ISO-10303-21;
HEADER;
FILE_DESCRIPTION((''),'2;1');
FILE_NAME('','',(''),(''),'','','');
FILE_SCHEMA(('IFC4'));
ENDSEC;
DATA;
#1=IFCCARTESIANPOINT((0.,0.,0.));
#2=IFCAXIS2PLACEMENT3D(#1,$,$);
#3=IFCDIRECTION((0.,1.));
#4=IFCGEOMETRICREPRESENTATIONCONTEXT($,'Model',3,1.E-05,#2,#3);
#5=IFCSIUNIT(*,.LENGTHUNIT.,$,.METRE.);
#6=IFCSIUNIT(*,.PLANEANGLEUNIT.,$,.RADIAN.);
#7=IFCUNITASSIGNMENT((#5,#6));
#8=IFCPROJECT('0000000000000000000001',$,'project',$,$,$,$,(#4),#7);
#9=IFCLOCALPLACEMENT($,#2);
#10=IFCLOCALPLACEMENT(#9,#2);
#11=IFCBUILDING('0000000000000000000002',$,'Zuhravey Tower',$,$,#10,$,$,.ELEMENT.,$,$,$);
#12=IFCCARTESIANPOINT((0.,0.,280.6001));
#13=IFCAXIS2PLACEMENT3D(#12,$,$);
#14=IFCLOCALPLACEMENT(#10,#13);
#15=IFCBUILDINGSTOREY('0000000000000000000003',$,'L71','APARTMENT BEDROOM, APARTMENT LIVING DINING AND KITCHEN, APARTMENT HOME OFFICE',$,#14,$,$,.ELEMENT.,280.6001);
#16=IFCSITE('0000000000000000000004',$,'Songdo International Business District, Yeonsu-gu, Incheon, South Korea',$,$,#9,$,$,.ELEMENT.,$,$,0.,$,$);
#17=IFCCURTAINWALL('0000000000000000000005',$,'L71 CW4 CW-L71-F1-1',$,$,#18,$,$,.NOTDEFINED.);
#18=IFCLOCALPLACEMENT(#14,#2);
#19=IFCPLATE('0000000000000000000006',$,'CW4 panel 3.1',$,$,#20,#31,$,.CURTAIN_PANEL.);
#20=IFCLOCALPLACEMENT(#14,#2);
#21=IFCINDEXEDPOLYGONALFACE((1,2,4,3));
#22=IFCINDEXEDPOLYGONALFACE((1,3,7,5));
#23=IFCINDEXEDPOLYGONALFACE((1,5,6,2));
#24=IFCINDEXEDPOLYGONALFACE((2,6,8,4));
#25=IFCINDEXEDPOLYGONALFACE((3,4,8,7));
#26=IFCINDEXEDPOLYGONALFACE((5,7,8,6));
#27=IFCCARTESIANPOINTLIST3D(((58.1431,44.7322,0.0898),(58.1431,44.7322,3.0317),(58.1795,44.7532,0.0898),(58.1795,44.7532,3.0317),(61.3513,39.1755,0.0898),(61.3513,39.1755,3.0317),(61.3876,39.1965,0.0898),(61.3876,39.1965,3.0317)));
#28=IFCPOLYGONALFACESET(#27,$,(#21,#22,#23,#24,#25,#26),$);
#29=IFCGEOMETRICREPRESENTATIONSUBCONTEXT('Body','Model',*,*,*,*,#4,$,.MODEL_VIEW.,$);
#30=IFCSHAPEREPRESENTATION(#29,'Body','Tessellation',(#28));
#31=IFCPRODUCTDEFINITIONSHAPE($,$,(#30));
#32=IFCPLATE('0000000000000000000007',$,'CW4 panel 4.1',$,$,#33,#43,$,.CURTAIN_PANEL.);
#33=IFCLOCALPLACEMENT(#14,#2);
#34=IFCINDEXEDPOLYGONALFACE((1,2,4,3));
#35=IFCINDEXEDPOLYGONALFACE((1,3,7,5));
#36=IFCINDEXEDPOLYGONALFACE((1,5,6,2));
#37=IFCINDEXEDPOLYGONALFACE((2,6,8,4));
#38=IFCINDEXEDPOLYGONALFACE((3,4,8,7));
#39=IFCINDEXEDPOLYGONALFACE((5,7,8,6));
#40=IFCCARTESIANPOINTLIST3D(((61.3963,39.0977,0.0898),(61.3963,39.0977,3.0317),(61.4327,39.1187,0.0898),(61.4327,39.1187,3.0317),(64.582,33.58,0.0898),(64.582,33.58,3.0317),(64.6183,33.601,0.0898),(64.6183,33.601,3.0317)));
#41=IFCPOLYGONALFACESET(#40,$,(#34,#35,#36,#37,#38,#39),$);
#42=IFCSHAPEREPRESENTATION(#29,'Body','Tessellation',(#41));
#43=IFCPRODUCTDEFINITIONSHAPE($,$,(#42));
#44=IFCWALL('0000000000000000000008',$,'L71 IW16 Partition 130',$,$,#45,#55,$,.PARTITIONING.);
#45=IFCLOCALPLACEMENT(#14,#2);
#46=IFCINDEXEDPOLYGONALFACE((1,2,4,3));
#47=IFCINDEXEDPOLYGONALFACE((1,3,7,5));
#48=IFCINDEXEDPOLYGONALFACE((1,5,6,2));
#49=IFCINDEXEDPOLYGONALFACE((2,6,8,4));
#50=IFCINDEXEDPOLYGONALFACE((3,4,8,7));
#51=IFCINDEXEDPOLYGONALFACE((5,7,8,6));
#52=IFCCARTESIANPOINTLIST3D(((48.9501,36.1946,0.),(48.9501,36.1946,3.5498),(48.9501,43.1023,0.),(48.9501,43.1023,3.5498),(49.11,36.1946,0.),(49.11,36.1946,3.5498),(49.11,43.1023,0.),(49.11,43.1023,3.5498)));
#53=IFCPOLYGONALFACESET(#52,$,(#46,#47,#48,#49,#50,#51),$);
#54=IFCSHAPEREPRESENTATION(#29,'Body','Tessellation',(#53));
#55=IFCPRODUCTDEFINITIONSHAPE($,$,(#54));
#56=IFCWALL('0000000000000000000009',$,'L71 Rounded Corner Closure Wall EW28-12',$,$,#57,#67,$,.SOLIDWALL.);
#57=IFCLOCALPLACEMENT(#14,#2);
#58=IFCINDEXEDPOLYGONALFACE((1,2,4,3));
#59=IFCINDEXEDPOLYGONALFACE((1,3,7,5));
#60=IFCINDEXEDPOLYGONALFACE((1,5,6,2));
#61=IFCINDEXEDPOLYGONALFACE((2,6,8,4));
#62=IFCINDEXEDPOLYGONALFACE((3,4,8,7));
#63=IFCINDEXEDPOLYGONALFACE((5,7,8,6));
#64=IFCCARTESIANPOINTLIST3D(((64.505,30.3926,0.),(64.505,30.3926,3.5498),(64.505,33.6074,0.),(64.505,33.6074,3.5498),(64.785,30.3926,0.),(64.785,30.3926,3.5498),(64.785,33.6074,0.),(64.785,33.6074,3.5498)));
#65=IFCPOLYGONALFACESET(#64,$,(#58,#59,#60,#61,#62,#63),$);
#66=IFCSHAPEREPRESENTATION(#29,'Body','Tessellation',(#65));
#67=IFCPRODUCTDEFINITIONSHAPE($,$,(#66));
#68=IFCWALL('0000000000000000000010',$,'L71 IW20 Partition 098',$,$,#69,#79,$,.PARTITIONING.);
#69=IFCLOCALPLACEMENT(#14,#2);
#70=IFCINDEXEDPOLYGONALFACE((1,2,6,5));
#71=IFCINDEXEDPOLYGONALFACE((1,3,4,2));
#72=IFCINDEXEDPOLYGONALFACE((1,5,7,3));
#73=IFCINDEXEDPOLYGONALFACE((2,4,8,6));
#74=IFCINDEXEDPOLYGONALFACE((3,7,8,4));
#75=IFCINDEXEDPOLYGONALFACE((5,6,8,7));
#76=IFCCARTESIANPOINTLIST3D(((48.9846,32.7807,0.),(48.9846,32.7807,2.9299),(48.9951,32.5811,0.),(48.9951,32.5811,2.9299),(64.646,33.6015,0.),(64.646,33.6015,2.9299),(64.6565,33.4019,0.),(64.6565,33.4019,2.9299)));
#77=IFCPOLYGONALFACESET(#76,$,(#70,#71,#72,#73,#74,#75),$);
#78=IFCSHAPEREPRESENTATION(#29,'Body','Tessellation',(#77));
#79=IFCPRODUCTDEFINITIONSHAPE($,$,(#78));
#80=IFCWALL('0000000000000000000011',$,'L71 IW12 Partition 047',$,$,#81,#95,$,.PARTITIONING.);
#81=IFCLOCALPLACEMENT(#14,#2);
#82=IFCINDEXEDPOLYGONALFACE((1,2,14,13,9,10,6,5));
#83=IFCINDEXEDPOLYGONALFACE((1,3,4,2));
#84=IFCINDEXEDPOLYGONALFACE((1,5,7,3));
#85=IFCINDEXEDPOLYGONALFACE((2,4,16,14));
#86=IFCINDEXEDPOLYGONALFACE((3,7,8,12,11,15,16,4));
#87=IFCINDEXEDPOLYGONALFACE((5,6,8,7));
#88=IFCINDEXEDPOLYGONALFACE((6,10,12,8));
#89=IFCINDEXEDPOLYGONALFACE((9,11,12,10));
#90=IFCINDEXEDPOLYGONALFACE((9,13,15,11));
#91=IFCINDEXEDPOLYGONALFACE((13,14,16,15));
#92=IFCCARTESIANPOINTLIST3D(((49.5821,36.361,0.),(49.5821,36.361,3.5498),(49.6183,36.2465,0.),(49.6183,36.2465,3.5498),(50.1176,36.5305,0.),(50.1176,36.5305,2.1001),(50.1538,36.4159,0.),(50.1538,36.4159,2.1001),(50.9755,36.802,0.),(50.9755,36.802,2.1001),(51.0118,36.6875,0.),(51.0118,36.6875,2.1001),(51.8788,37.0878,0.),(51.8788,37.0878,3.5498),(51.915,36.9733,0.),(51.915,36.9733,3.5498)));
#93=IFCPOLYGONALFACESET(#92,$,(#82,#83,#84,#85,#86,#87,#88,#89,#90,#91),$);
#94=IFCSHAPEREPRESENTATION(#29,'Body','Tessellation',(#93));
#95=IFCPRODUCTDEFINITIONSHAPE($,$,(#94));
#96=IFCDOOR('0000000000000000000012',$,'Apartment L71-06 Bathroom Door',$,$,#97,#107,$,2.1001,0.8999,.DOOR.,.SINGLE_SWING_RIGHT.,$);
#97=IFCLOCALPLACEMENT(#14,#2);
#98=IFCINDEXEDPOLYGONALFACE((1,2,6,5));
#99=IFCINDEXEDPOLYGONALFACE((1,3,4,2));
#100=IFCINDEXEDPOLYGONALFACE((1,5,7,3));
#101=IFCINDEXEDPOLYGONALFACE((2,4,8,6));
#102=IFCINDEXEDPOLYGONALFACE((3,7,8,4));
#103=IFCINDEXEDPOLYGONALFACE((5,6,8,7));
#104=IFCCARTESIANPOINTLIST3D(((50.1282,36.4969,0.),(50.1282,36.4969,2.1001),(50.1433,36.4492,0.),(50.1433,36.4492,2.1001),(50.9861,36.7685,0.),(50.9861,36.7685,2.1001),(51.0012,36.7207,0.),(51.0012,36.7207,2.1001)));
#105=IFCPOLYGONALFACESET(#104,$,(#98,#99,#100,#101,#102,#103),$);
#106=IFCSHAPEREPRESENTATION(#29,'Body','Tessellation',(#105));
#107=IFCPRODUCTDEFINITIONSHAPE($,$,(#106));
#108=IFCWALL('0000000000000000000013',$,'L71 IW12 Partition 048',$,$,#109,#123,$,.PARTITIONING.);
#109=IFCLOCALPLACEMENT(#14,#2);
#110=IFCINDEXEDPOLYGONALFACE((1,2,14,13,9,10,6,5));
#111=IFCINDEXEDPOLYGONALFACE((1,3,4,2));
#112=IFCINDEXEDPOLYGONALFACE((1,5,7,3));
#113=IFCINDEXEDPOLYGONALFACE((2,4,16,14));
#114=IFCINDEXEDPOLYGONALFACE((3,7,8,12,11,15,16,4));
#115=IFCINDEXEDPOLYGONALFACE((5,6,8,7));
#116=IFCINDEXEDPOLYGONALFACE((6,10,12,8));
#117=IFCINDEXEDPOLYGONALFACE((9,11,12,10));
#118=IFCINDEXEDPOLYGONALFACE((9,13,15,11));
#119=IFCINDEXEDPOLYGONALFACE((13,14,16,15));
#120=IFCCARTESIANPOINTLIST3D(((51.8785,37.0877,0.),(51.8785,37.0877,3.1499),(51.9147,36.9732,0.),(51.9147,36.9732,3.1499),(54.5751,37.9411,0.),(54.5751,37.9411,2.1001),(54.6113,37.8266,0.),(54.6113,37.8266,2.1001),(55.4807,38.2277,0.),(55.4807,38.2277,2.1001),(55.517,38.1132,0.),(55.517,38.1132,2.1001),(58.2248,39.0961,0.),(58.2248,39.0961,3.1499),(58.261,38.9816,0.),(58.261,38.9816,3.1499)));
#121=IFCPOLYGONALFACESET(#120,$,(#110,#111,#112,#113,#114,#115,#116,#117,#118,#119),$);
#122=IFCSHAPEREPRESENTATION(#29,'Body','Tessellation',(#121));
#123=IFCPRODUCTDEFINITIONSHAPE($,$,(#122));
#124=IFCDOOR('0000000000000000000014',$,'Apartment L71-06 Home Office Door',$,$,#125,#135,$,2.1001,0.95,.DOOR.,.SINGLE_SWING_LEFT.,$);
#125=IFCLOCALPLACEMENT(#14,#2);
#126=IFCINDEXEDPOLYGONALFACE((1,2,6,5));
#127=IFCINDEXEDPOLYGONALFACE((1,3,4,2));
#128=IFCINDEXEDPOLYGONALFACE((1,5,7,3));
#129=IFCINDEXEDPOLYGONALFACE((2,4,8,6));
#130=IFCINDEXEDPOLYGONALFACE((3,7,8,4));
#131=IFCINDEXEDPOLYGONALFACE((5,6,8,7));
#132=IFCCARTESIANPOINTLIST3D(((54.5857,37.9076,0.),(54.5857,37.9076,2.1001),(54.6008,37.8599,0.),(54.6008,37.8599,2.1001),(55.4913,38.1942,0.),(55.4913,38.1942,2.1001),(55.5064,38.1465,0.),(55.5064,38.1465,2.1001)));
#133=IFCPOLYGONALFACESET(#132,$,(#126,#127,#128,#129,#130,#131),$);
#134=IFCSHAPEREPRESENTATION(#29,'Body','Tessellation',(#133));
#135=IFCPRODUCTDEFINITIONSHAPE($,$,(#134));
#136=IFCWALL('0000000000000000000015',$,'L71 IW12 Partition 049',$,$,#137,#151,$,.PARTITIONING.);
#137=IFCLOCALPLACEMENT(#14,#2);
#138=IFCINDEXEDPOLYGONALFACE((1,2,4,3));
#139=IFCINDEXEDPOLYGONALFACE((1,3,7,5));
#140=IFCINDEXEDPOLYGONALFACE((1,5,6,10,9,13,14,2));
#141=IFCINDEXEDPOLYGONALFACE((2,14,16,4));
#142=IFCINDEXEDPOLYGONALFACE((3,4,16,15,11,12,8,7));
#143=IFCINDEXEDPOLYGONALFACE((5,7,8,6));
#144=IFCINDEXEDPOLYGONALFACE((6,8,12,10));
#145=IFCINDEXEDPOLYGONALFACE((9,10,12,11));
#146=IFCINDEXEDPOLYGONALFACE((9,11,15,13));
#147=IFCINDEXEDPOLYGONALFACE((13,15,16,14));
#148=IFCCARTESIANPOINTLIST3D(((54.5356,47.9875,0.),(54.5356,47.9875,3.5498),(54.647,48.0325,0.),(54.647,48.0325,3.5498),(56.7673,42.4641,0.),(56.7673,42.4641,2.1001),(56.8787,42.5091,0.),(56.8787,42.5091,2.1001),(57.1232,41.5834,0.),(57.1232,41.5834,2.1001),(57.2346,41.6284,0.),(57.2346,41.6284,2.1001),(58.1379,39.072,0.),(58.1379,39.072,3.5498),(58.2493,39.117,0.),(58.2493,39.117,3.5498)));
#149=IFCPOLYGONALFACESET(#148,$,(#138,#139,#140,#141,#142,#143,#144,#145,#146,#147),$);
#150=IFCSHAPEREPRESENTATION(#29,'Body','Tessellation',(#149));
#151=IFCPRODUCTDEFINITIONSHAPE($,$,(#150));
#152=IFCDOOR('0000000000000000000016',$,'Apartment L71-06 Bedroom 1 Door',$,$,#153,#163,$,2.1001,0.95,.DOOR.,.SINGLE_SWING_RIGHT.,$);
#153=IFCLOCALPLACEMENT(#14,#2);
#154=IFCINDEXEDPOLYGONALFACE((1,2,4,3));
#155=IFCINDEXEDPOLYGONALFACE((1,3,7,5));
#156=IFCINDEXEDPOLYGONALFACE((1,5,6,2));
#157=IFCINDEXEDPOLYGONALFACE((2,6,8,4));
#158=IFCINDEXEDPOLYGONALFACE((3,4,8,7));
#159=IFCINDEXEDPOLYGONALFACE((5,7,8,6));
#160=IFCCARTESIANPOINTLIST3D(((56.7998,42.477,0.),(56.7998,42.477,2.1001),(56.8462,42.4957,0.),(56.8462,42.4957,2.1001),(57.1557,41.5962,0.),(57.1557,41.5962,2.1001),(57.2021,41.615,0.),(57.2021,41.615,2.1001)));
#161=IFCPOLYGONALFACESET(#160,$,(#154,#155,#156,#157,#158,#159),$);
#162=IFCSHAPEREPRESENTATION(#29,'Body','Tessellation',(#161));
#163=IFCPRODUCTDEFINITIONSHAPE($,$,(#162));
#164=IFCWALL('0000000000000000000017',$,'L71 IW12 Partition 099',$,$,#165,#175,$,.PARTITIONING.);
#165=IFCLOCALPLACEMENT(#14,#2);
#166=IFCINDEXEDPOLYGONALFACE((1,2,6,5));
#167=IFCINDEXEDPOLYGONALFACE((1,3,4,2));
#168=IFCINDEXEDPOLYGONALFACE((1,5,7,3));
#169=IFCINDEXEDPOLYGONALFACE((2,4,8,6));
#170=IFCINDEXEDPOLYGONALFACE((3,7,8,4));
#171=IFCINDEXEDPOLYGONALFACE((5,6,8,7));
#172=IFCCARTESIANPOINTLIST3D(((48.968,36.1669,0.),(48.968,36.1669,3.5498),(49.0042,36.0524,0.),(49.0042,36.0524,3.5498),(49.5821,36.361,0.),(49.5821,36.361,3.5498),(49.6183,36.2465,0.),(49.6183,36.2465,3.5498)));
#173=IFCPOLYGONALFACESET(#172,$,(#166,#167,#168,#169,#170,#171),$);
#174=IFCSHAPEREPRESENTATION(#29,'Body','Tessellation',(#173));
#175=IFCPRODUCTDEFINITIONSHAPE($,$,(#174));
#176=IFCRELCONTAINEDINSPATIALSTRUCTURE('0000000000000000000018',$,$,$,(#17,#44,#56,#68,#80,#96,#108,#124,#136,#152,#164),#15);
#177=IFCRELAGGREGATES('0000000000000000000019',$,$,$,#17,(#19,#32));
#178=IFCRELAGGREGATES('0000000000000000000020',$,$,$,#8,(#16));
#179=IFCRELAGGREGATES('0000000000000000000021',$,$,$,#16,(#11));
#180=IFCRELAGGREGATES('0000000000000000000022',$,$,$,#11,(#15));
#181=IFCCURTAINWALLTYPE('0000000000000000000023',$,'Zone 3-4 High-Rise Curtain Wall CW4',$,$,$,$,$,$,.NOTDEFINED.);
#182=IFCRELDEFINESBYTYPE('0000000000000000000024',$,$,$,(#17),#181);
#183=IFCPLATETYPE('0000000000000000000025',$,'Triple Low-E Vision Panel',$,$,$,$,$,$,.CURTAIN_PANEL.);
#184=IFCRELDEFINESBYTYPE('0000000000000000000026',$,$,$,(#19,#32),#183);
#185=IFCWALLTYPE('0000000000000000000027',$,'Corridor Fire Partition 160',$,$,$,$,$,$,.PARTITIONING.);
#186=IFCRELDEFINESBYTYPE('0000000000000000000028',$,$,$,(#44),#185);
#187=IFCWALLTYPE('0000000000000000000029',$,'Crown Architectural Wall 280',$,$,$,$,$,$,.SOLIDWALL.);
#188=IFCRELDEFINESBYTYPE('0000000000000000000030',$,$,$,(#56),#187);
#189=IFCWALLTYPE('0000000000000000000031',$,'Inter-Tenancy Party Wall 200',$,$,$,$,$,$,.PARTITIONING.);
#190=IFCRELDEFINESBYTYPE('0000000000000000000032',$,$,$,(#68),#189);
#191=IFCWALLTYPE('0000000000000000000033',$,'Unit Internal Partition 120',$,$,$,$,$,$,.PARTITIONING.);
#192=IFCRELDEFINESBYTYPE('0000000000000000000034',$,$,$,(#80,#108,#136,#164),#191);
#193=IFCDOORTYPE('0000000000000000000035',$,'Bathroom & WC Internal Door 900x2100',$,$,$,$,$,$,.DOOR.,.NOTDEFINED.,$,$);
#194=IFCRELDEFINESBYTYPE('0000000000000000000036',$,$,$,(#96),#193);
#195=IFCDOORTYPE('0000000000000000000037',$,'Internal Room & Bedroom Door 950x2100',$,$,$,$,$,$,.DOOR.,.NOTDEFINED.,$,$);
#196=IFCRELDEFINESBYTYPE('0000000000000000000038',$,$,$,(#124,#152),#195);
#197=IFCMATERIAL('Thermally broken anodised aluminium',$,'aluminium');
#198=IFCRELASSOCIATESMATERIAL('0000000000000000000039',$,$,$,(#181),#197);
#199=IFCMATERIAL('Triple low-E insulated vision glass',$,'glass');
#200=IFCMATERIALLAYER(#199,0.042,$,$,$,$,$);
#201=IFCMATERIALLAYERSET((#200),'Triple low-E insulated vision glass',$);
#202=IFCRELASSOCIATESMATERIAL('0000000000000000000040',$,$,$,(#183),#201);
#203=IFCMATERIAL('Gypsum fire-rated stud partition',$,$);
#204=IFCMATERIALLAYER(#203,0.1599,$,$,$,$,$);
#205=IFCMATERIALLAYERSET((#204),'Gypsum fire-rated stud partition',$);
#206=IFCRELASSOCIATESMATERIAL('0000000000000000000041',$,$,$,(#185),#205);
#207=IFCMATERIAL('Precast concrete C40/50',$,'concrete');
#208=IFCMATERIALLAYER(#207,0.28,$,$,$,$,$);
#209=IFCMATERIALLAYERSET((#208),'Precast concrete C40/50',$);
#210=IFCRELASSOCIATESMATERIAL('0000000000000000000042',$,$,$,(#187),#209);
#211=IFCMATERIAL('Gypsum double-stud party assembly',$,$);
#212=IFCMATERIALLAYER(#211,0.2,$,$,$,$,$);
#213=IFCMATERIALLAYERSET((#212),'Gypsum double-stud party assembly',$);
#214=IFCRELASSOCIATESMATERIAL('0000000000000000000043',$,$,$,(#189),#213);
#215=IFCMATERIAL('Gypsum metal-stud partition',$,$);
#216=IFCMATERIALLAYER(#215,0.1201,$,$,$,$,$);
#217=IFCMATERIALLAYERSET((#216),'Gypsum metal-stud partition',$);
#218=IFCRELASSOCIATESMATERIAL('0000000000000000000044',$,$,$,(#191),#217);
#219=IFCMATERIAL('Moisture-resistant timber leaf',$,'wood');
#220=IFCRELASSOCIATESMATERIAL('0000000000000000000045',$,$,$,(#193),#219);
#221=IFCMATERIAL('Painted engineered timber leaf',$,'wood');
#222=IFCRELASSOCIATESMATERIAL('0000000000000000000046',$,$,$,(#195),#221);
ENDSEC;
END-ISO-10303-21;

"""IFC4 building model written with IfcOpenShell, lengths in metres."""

from ifc_helpers import new_model, si_unit, direction, frame, frame_2d, origin, origin_2d, place, context, subcontext, project, spatial, rectangle, extrude, material, layer, layer_set, type_object, element, fill, aggregate, save


model = new_model("IFC4")

# Units and contexts
model_context = context("Model", 3, precision=1e-05, world=origin(), true_north=direction((0.0, 1.0)))
body_context = subcontext(model_context, "Body", "Model", "MODEL_VIEW")
ifc_project = project(units=[si_unit("LENGTHUNIT", "METRE"), si_unit("PLANEANGLEUNIT", "RADIAN")], contexts=[model_context])

# Site, building, storey
site_placement = place(None, origin())
site = spatial("IfcSite", under=ifc_project, at=site_placement, Name="Songdo International Business District, Yeonsu-gu, Incheon, South Korea", CompositionType="ELEMENT", RefElevation=0.0)
building_placement = place(site_placement, origin())
building = spatial("IfcBuilding", under=site, at=building_placement, Name="Zuhravey Tower", CompositionType="ELEMENT")
storey_placement = place(building_placement, frame((0.0, 0.0, 280.6001)))
storey = spatial("IfcBuildingStorey", under=building, at=storey_placement, Name="L71", Description="APARTMENT BEDROOM, APARTMENT LIVING DINING AND KITCHEN, APARTMENT HOME OFFICE", CompositionType="ELEMENT", Elevation=280.6001)

# Curtain wall
ifc_material_1 = material(Name="Thermally broken anodised aluminium", Category="aluminium")
curtain_wall_type = type_object("IfcCurtainWallType", Name="Zone 3-4 High-Rise Curtain Wall CW4", PredefinedType="NOTDEFINED", material=ifc_material_1)
curtain_wall_placement = place(storey_placement, origin())
curtain_wall = element("IfcCurtainWall", 1, at=curtain_wall_placement, inside=storey, type_object=curtain_wall_type, Name="L71 CW4 CW-L71-F1-1", PredefinedType="NOTDEFINED")

# Plates
ifc_material_2 = material(Name="Triple low-E insulated vision glass", Category="glass")
ifc_layer_1 = layer(ifc_material_2, 0.042)
ifc_layer_set_1 = layer_set([ifc_layer_1], Name="Triple low-E insulated vision glass")
plate_type = type_object("IfcPlateType", Name="Triple Low-E Vision Panel", PredefinedType="CURTAIN_PANEL", material=ifc_layer_set_1)
plate_1_placement = place(storey_placement, frame((59.7654, 41.9644, 0.0898), z_axis=(0.0, 0.0, 1.0), x_axis=(0.500001, -0.866025, 0.0)))
plate_1 = element("IfcPlate", 2, at=plate_1_placement, type_object=plate_type, Name="CW4 panel 3.1", PredefinedType="CURTAIN_PANEL", context=body_context, shape_type="SweptSolid", body=[
    extrude(rectangle(XDim=6.4163, YDim=0.042, at=origin_2d()), origin(), (0.0, 0.0, 1.0), 2.9419),
])
plate_2_placement = place(storey_placement, frame((63.0073, 36.3494, 0.0898), z_axis=(0.0, 0.0, 1.0), x_axis=(0.500001, -0.866025, 0.0)))
plate_2 = element("IfcPlate", 3, at=plate_2_placement, type_object=plate_type, Name="CW4 panel 4.1", PredefinedType="CURTAIN_PANEL", context=body_context, shape_type="SweptSolid", body=[
    extrude(rectangle(XDim=6.3713, YDim=0.042, at=origin_2d()), origin(), (0.0, 0.0, 1.0), 2.9419),
])
aggregate(curtain_wall, [plate_1, plate_2])

# Shared definitions
ifc_material_3 = material(Name="Gypsum fire-rated stud partition")
ifc_layer_2 = layer(ifc_material_3, 0.1599)
ifc_layer_set_2 = layer_set([ifc_layer_2], Name="Gypsum fire-rated stud partition")
wall_type_1 = type_object("IfcWallType", Name="Corridor Fire Partition 160", PredefinedType="PARTITIONING", material=ifc_layer_set_2)

# Walls
wall_1_placement = place(storey_placement, frame((49.03, 36.1946, 0.0), z_axis=(0.0, 0.0, 1.0), x_axis=(0.0, 1.0, 0.0)))
element("IfcWall", 4, at=wall_1_placement, inside=storey, type_object=wall_type_1, Name="L71 IW16 Partition 130", PredefinedType="PARTITIONING", context=body_context, shape_type="SweptSolid", body=[
    extrude(rectangle(XDim=6.9077, YDim=0.1599, at=frame_2d((3.4539, 0.0))), origin(), (0.0, 0.0, 1.0), 3.5498),
])
ifc_material_4 = material(Name="Precast concrete C40/50", Category="concrete")
ifc_layer_3 = layer(ifc_material_4, 0.28)
ifc_layer_set_3 = layer_set([ifc_layer_3], Name="Precast concrete C40/50")
wall_type_2 = type_object("IfcWallType", Name="Crown Architectural Wall 280", PredefinedType="SOLIDWALL", material=ifc_layer_set_3)
wall_2_placement = place(storey_placement, frame((64.645, 33.6074, 0.0), z_axis=(0.0, 0.0, 1.0), x_axis=(0.0, -1.0, 0.0)))
element("IfcWall", 5, at=wall_2_placement, inside=storey, type_object=wall_type_2, Name="L71 Rounded Corner Closure Wall EW28-12", PredefinedType="SOLIDWALL", context=body_context, shape_type="SweptSolid", body=[
    extrude(rectangle(XDim=3.2148, YDim=0.28, at=frame_2d((1.6074, 0.0))), origin(), (0.0, 0.0, 1.0), 3.5498),
])
ifc_material_5 = material(Name="Gypsum double-stud party assembly")
ifc_layer_4 = layer(ifc_material_5, 0.2)
ifc_layer_set_4 = layer_set([ifc_layer_4], Name="Gypsum double-stud party assembly")
wall_type_3 = type_object("IfcWallType", Name="Inter-Tenancy Party Wall 200", PredefinedType="PARTITIONING", material=ifc_layer_set_4)
wall_3_placement = place(storey_placement, frame((48.99, 32.6809, 0.0), z_axis=(0.0, 0.0, 1.0), x_axis=(0.998629, 0.052337, 0.0)))
element("IfcWall", 6, at=wall_3_placement, inside=storey, type_object=wall_type_3, Name="L71 IW20 Partition 098", PredefinedType="PARTITIONING", context=body_context, shape_type="SweptSolid", body=[
    extrude(rectangle(XDim=15.6829, YDim=0.2, at=frame_2d((7.8413, 0.0))), origin(), (0.0, 0.0, 1.0), 2.9299),
])

# Walls, openings, doors
ifc_material_6 = material(Name="Gypsum metal-stud partition")
ifc_layer_5 = layer(ifc_material_6, 0.1201)
ifc_layer_set_5 = layer_set([ifc_layer_5], Name="Gypsum metal-stud partition")
wall_type_4 = type_object("IfcWallType", Name="Unit Internal Partition 120", PredefinedType="PARTITIONING", material=ifc_layer_set_5)
wall_4_placement = place(storey_placement, frame((49.6001, 36.3037, 0.0), z_axis=(0.0, 0.0, 1.0), x_axis=(0.953397, 0.301718, 0.0)))
wall_4 = element("IfcWall", 7, at=wall_4_placement, inside=storey, type_object=wall_type_4, Name="L71 IW12 Partition 047", PredefinedType="PARTITIONING", context=body_context, shape_type="SweptSolid", body=[
    extrude(rectangle(XDim=2.4089, YDim=0.1201, at=frame_2d((1.2046, 0.0))), origin(), (0.0, 0.0, 1.0), 3.5498),
])
opening_1_placement = place(wall_4_placement, frame((0.5618, 0.0, 0.0)))
opening_1 = element("IfcOpeningElement", 8, at=opening_1_placement, cuts=wall_4, PredefinedType="OPENING", context=body_context, shape_type="SweptSolid", body=[
    extrude(rectangle(XDim=0.8999, YDim=2.1001, at=frame_2d((0.45, 1.05))), frame((0.0, 0.072, 0.0), z_axis=(0.0, -1.0, 0.0), x_axis=(1.0, 0.0, 0.0)), (0.0, 0.0, 1.0), 0.144),
])
ifc_material_7 = material(Name="Moisture-resistant timber leaf", Category="wood")
door_type_1 = type_object("IfcDoorType", Name="Bathroom & WC Internal Door 900x2100", OperationType="NOTDEFINED", PredefinedType="DOOR", material=ifc_material_7)
door_1_placement = place(opening_1_placement, origin())
door_1 = element("IfcDoor", 9, at=door_1_placement, inside=storey, type_object=door_type_1, Name="Apartment L71-06 Bathroom Door", OperationType="SINGLE_SWING_RIGHT", OverallHeight=2.1001, OverallWidth=0.8999, PredefinedType="DOOR", context=body_context, shape_type="SweptSolid", body=[
    extrude(rectangle(XDim=0.8999, YDim=2.1001, at=frame_2d((0.45, 1.05))), frame((0.0, 0.0249, 0.0), z_axis=(0.0, -1.0, 0.0), x_axis=(1.0, 0.0, 0.0)), (0.0, 0.0, 1.0), 0.05),
])
fill(opening_1, door_1)
wall_5_placement = place(storey_placement, frame((51.8967, 37.0305, 0.0), z_axis=(0.0, 0.0, 1.0), x_axis=(0.9534, 0.301711, 0.0)))
wall_5 = element("IfcWall", 10, at=wall_5_placement, inside=storey, type_object=wall_type_4, Name="L71 IW12 Partition 048", PredefinedType="PARTITIONING", context=body_context, shape_type="SweptSolid", body=[
    extrude(rectangle(XDim=6.6565, YDim=0.1201, at=frame_2d((3.3281, 0.0))), origin(), (0.0, 0.0, 1.0), 3.1499),
])
opening_2_placement = place(wall_5_placement, frame((2.8281, 0.0, 0.0)))
opening_2 = element("IfcOpeningElement", 11, at=opening_2_placement, cuts=wall_5, PredefinedType="OPENING", context=body_context, shape_type="SweptSolid", body=[
    extrude(rectangle(XDim=0.95, YDim=2.1001, at=frame_2d((0.4751, 1.05))), frame((0.0, 0.072, 0.0), z_axis=(0.0, -1.0, 0.0), x_axis=(1.0, 0.0, 0.0)), (0.0, 0.0, 1.0), 0.144),
])
ifc_material_8 = material(Name="Painted engineered timber leaf", Category="wood")
door_type_2 = type_object("IfcDoorType", Name="Internal Room & Bedroom Door 950x2100", OperationType="NOTDEFINED", PredefinedType="DOOR", material=ifc_material_8)
door_2_placement = place(opening_2_placement, origin())
door_2 = element("IfcDoor", 12, at=door_2_placement, inside=storey, type_object=door_type_2, Name="Apartment L71-06 Home Office Door", OperationType="SINGLE_SWING_LEFT", OverallHeight=2.1001, OverallWidth=0.95, PredefinedType="DOOR", context=body_context, shape_type="SweptSolid", body=[
    extrude(rectangle(XDim=0.95, YDim=2.1001, at=frame_2d((0.4751, 1.05))), frame((0.0, 0.0249, 0.0), z_axis=(0.0, -1.0, 0.0), x_axis=(1.0, 0.0, 0.0)), (0.0, 0.0, 1.0), 0.05),
])
fill(opening_2, door_2)
wall_6_placement = place(storey_placement, frame((58.1936, 39.0945, 0.0), z_axis=(0.0, 0.0, 1.0), x_axis=(-0.374623, 0.927177, 0.0)))
wall_6 = element("IfcWall", 13, at=wall_6_placement, inside=storey, type_object=wall_type_4, Name="L71 IW12 Partition 049", PredefinedType="PARTITIONING", context=body_context, shape_type="SweptSolid", body=[
    extrude(rectangle(XDim=9.6157, YDim=0.1201, at=frame_2d((4.8079, 0.0))), origin(), (0.0, 0.0, 1.0), 3.5498),
])
opening_3_placement = place(wall_6_placement, frame((2.7085, 0.0, 0.0)))
opening_3 = element("IfcOpeningElement", 14, at=opening_3_placement, cuts=wall_6, PredefinedType="OPENING", context=body_context, shape_type="SweptSolid", body=[
    extrude(rectangle(XDim=0.95, YDim=2.1001, at=frame_2d((0.4751, 1.05))), frame((0.0, 0.072, 0.0), z_axis=(0.0, -1.0, 0.0), x_axis=(1.0, 0.0, 0.0)), (0.0, 0.0, 1.0), 0.144),
])
door_3_placement = place(opening_3_placement, frame((0.95, 0.0, 0.0), z_axis=(0.0, 0.0, 1.0), x_axis=(-1.0, 0.0, 0.0)))
door_3 = element("IfcDoor", 15, at=door_3_placement, inside=storey, type_object=door_type_2, Name="Apartment L71-06 Bedroom 1 Door", OperationType="SINGLE_SWING_RIGHT", OverallHeight=2.1001, OverallWidth=0.95, PredefinedType="DOOR", context=body_context, shape_type="SweptSolid", body=[
    extrude(rectangle(XDim=0.95, YDim=2.1001, at=frame_2d((0.4751, 1.05))), frame((0.0, 0.0249, 0.0), z_axis=(0.0, -1.0, 0.0), x_axis=(1.0, 0.0, 0.0)), (0.0, 0.0, 1.0), 0.05),
])
fill(opening_3, door_3)

# Wall
wall_7_placement = place(storey_placement, frame((48.9861, 36.1096, 0.0), z_axis=(0.0, 0.0, 1.0), x_axis=(0.953497, 0.301404, 0.0)))
element("IfcWall", 16, at=wall_7_placement, inside=storey, type_object=wall_type_4, Name="L71 IW12 Partition 099", PredefinedType="PARTITIONING", context=body_context, shape_type="SweptSolid", body=[
    extrude(rectangle(XDim=0.644, YDim=0.1201, at=frame_2d((0.322, 0.0))), origin(), (0.0, 0.0, 1.0), 3.5498),
])

save(model, "model.ifc")
